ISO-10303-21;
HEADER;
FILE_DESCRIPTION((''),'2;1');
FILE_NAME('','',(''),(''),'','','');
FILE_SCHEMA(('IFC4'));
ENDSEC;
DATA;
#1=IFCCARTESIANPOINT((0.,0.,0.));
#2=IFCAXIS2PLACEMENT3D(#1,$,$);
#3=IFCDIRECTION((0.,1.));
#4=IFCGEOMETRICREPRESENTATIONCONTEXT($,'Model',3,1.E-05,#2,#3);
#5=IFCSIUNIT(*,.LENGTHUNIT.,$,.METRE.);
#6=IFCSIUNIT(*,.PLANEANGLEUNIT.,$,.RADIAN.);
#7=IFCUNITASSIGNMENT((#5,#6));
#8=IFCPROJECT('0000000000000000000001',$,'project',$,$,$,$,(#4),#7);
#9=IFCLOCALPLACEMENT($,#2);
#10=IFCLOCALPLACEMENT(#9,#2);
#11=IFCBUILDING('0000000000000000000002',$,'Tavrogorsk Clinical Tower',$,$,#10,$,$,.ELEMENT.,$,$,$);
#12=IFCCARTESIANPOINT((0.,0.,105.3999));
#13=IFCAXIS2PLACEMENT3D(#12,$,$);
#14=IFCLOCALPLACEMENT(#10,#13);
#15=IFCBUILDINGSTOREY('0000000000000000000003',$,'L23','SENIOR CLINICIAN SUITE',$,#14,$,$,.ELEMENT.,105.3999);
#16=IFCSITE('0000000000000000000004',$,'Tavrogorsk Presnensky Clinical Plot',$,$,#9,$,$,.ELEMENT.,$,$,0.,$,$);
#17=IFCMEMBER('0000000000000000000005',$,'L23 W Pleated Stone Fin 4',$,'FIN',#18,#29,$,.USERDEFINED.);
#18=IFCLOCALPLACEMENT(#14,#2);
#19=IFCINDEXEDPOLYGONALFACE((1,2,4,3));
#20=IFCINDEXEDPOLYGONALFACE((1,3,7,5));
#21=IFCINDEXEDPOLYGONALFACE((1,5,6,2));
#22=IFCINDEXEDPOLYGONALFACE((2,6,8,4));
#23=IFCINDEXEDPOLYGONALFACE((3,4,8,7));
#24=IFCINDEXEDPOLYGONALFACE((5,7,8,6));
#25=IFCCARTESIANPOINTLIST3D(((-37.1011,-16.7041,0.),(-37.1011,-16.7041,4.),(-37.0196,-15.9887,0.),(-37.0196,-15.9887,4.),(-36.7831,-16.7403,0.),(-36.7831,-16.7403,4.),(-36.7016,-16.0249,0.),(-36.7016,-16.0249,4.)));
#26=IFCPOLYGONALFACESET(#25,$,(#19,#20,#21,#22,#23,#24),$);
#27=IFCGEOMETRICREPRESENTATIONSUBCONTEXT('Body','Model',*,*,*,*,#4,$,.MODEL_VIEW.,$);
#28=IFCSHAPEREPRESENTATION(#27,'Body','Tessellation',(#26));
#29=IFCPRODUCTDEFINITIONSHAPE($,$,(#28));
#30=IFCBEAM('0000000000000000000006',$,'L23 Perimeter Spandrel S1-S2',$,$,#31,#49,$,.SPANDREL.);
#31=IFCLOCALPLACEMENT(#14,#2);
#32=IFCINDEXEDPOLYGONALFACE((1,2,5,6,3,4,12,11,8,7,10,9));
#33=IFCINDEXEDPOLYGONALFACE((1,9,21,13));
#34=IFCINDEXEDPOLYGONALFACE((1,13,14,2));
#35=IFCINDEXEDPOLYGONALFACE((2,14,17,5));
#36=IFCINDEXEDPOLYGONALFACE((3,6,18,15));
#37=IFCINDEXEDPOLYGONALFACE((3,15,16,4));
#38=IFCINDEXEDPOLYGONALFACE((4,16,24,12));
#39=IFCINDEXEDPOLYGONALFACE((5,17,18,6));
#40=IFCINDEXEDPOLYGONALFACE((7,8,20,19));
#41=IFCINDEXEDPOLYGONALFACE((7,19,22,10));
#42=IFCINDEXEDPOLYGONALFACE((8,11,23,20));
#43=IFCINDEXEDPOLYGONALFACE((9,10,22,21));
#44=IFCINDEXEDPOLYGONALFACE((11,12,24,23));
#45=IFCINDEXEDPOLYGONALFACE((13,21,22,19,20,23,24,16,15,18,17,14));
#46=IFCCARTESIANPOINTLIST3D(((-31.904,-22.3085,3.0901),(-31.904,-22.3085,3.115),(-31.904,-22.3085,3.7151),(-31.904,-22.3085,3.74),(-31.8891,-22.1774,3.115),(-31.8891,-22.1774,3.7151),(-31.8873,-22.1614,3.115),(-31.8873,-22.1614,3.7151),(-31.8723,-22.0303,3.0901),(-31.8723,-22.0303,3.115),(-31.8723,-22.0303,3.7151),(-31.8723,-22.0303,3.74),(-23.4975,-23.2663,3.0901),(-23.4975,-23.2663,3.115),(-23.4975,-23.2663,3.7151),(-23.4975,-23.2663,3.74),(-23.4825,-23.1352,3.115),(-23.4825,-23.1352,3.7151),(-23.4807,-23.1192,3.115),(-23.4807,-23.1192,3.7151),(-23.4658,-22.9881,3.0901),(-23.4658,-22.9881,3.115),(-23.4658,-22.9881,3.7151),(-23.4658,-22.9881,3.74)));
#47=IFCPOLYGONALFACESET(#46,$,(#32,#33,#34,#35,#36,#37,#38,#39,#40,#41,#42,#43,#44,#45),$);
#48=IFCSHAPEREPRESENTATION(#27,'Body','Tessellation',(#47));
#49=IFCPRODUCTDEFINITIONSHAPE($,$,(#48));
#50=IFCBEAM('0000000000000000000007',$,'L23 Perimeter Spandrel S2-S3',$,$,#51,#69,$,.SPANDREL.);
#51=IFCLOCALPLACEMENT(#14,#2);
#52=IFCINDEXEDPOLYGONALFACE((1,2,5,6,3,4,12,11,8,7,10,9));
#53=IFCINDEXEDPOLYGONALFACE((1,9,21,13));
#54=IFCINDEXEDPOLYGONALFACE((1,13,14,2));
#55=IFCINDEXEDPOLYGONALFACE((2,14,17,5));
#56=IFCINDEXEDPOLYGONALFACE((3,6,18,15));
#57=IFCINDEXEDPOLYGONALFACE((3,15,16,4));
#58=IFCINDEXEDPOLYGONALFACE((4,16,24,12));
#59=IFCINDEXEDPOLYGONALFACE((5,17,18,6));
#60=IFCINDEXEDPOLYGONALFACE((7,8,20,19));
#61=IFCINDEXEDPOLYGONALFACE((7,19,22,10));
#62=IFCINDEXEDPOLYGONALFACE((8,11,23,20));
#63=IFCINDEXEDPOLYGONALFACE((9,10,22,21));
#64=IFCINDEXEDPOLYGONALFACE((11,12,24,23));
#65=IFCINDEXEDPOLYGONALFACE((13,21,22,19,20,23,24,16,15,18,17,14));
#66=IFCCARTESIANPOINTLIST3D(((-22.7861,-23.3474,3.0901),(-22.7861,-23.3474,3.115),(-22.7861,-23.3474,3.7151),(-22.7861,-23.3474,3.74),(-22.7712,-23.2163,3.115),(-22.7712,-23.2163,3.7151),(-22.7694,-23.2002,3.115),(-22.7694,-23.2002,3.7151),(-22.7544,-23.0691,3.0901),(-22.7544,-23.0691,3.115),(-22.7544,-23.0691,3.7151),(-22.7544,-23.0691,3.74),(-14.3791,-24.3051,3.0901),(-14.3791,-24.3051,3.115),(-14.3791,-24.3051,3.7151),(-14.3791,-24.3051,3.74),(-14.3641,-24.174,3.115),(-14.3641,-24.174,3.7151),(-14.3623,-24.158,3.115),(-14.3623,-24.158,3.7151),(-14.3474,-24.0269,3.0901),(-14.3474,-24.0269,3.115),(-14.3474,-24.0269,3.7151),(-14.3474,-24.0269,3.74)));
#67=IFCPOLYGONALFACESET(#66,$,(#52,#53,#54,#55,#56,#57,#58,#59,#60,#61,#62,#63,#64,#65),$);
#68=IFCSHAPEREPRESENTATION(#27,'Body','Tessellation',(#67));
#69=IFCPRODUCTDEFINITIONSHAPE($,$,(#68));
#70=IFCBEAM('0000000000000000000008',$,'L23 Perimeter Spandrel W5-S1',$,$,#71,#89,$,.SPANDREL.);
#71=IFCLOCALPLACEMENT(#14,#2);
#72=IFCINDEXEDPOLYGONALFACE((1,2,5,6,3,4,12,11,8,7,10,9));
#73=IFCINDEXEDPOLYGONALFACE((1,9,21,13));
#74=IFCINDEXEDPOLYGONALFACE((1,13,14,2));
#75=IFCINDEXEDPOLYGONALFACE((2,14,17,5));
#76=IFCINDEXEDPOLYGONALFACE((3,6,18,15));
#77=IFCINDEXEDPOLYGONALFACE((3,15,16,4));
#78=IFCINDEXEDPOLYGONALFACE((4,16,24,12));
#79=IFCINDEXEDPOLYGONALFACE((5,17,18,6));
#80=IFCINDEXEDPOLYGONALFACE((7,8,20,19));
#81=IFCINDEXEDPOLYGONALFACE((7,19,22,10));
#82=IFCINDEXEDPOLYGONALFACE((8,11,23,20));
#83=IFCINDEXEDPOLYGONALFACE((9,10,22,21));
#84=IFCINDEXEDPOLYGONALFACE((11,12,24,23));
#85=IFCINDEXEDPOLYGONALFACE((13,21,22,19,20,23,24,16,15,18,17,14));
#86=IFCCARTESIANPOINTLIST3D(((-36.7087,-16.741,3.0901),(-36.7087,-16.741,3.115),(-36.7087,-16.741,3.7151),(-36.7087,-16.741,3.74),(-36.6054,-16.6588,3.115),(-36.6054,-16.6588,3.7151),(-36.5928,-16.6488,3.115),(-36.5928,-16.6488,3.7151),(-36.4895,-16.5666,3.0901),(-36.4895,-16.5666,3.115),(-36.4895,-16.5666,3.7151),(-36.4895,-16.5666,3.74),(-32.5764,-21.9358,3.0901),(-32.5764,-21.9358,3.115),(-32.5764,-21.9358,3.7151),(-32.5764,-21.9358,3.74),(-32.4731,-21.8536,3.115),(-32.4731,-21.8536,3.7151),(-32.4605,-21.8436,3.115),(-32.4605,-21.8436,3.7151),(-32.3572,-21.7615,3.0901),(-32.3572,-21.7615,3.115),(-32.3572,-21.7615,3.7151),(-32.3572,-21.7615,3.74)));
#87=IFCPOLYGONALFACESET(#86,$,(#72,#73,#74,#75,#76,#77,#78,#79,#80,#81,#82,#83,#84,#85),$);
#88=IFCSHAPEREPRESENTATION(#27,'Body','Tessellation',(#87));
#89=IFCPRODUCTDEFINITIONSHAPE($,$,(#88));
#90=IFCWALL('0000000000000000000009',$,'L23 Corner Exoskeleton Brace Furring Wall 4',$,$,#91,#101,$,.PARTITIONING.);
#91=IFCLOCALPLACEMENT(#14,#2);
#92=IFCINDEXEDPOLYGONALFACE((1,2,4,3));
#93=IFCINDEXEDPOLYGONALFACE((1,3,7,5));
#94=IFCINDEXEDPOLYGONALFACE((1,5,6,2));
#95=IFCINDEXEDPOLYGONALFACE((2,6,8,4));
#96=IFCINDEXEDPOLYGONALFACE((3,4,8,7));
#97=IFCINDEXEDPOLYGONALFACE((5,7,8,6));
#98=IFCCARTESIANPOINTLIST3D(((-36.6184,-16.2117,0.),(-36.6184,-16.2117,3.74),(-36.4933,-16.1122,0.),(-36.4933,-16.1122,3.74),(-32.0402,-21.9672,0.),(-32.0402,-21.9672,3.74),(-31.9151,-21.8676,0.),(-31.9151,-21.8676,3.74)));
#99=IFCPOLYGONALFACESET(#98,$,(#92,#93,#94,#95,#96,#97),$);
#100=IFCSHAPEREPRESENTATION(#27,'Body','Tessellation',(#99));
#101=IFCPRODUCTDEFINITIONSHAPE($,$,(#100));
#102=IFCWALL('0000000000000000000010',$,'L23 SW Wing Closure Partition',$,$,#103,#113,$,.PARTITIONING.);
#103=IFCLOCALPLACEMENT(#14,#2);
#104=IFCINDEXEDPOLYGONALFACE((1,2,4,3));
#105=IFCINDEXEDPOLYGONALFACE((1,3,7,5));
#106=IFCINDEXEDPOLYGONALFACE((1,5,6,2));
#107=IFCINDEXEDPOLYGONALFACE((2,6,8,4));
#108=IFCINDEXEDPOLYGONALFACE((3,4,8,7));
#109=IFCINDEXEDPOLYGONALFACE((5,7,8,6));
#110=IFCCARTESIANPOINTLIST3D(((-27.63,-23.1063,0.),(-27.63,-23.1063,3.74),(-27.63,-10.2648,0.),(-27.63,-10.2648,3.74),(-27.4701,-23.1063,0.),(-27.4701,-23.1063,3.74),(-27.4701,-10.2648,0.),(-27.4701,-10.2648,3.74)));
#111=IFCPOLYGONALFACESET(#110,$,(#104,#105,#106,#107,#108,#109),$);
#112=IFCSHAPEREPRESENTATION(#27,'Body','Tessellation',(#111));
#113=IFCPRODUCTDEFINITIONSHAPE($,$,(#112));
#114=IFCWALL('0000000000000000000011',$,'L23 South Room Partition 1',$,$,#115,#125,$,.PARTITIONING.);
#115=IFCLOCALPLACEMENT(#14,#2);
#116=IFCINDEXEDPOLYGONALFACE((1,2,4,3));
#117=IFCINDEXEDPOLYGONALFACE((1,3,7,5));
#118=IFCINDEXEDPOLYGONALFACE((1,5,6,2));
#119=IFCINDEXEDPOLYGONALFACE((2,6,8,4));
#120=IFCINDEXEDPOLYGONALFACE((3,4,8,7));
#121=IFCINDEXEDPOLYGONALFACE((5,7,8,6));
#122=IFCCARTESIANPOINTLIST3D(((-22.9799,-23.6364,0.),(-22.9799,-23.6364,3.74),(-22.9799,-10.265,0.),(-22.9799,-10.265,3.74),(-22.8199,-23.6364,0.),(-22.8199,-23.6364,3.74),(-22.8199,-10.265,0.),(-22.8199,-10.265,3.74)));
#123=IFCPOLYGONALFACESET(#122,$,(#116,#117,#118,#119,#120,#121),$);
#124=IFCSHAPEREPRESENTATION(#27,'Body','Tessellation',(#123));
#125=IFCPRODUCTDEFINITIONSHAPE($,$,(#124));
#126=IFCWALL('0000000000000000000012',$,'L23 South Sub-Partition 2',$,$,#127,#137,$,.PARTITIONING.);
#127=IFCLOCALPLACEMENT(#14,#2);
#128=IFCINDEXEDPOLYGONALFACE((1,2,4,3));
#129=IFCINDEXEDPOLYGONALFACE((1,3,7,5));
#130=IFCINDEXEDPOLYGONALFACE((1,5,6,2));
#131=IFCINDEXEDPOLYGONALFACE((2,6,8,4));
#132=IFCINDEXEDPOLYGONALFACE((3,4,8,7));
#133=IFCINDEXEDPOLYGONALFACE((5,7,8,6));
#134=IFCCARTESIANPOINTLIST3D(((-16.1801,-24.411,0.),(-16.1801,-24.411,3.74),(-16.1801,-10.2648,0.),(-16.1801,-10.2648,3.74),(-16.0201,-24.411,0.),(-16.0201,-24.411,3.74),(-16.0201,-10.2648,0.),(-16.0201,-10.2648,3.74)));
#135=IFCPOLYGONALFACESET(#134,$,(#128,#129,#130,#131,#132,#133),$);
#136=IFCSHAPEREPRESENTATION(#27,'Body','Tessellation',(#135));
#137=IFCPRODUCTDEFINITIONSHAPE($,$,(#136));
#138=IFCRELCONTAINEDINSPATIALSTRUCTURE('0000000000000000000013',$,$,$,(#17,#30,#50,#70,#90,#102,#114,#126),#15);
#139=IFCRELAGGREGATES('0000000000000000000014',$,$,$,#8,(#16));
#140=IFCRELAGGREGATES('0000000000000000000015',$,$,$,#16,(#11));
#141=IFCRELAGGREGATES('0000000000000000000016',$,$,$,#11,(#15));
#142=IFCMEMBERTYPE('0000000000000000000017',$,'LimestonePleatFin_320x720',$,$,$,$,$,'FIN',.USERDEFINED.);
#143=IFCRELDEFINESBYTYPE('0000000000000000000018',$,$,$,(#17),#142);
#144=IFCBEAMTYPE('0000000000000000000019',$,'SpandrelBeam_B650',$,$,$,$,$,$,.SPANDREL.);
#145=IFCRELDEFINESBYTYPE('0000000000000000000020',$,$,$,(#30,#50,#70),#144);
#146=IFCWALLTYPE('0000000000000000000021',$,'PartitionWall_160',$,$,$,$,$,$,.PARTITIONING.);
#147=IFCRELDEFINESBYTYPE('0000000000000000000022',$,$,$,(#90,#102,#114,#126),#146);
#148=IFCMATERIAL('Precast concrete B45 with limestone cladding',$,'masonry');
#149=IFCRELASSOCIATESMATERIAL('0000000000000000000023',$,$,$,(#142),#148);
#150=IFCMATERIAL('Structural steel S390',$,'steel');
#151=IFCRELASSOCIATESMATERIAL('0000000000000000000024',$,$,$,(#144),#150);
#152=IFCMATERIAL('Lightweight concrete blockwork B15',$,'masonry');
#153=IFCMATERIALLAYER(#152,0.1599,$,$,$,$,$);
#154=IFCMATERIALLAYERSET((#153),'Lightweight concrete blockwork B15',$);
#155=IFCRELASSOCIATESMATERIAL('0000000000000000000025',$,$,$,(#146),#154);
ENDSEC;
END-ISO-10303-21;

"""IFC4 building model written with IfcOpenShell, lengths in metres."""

from ifc_helpers import new_model, si_unit, direction, frame, frame_2d, origin, origin_2d, place, context, subcontext, project, spatial, rectangle, i_section, extrude, material, layer, layer_set, material_profile, profile_set, type_object, element, save


model = new_model("IFC4")

# Units and contexts
model_context = context("Model", 3, precision=1e-05, world=origin(), true_north=direction((0.0, 1.0)))
body_context = subcontext(model_context, "Body", "Model", "MODEL_VIEW")
ifc_project = project(units=[si_unit("LENGTHUNIT", "METRE"), si_unit("PLANEANGLEUNIT", "RADIAN")], contexts=[model_context])

# Site, building, storey
site_placement = place(None, origin())
site = spatial("IfcSite", under=ifc_project, at=site_placement, Name="Tavrogorsk Presnensky Clinical Plot", CompositionType="ELEMENT", RefElevation=0.0)
building_placement = place(site_placement, origin())
building = spatial("IfcBuilding", under=site, at=building_placement, Name="Tavrogorsk Clinical Tower", CompositionType="ELEMENT")
storey_placement = place(building_placement, frame((0.0, 0.0, 105.3999)))
storey = spatial("IfcBuildingStorey", under=building, at=storey_placement, Name="L23", Description="SENIOR CLINICIAN SUITE", CompositionType="ELEMENT", Elevation=105.3999)

# Member
ifc_material_1 = material(Name="Precast concrete B45 with limestone cladding", Category="masonry")
ifc_material_profile_1 = material_profile(ifc_material_1, rectangle(XDim=0.3201, YDim=0.72, at=origin_2d()), Name="LIMESTONE-FIN-320x720")
ifc_profile_set_1 = profile_set([ifc_material_profile_1], Name="Precast concrete B45 with limestone cladding")
member_type_1 = type_object("IfcMemberType", Name="LimestonePleatFin_320x720", ElementType="FIN", PredefinedType="USERDEFINED", material=ifc_profile_set_1)
member_1_placement = place(storey_placement, frame((-36.9014, -16.3645, 0.0), z_axis=(0.0, 0.0, 1.0), x_axis=(0.993572, -0.113203, 0.0)))
element("IfcMember", 1, at=member_1_placement, inside=storey, type_object=member_type_1, Name="L23 W Pleated Stone Fin 4", ObjectType="FIN", PredefinedType="USERDEFINED", context=body_context, shape_type="SweptSolid", body=[
    extrude(rectangle(XDim=0.3201, YDim=0.72, at=origin_2d()), origin(), (0.0, 0.0, 1.0), 4.0),
])

# Beams
ifc_material_2 = material(Name="Structural steel S390", Category="steel")
ifc_material_profile_2 = material_profile(ifc_material_2, i_section(OverallWidth=0.28, OverallDepth=0.6499, WebThickness=0.0161, FlangeThickness=0.0249, at=origin_2d()), Name="B-650x280x16x25")
ifc_profile_set_2 = profile_set([ifc_material_profile_2], Name="Structural steel S390")
beam_type_1 = type_object("IfcBeamType", Name="SpandrelBeam_B650", PredefinedType="SPANDREL", material=ifc_profile_set_2)
beam_1_placement = place(storey_placement, frame((-31.8882, -22.1694, 3.415), z_axis=(0.993572, -0.113199, 0.0), x_axis=(0.113199, 0.993572, 0.0)))
element("IfcBeam", 2, at=beam_1_placement, inside=storey, type_object=beam_type_1, Name="L23 Perimeter Spandrel S1-S2", PredefinedType="SPANDREL", context=body_context, shape_type="SweptSolid", body=[
    extrude(i_section(OverallWidth=0.28, OverallDepth=0.6499, WebThickness=0.0161, FlangeThickness=0.0249, at=origin_2d()), origin(), (0.0, 0.0, 1.0), 8.4609),
])
beam_2_placement = place(storey_placement, frame((-22.7703, -23.2083, 3.415), z_axis=(0.993573, -0.113193, 0.0), x_axis=(0.113193, 0.993573, 0.0)))
element("IfcBeam", 3, at=beam_2_placement, inside=storey, type_object=beam_type_1, Name="L23 Perimeter Spandrel S2-S3", PredefinedType="SPANDREL", context=body_context, shape_type="SweptSolid", body=[
    extrude(i_section(OverallWidth=0.28, OverallDepth=0.6499, WebThickness=0.0161, FlangeThickness=0.0249, at=origin_2d()), origin(), (0.0, 0.0, 1.0), 8.4614),
])
beam_3_placement = place(storey_placement, frame((-36.5991, -16.6538, 3.415), z_axis=(0.622531, -0.782595, 0.0), x_axis=(0.782595, 0.622531, 0.0)))
element("IfcBeam", 4, at=beam_3_placement, inside=storey, type_object=beam_type_1, Name="L23 Perimeter Spandrel W5-S1", PredefinedType="SPANDREL", context=body_context, shape_type="SweptSolid", body=[
    extrude(i_section(OverallWidth=0.28, OverallDepth=0.6499, WebThickness=0.0161, FlangeThickness=0.0249, at=origin_2d()), origin(), (0.0, 0.0, 1.0), 6.6379),
])

# Walls
ifc_material_3 = material(Name="Lightweight concrete blockwork B15", Category="masonry")
ifc_layer_1 = layer(ifc_material_3, 0.1599)
ifc_layer_set_1 = layer_set([ifc_layer_1], Name="Lightweight concrete blockwork B15")
wall_type_1 = type_object("IfcWallType", Name="PartitionWall_160", PredefinedType="PARTITIONING", material=ifc_layer_set_1)
wall_1_placement = place(storey_placement, frame((-36.5559, -16.1619, 0.0), z_axis=(0.0, 0.0, 1.0), x_axis=(0.622523, -0.782602, 0.0)))
element("IfcWall", 5, at=wall_1_placement, inside=storey, type_object=wall_type_1, Name="L23 Corner Exoskeleton Brace Furring Wall 4", PredefinedType="PARTITIONING", context=body_context, shape_type="SweptSolid", body=[
    extrude(rectangle(XDim=7.3542, YDim=0.1599, at=frame_2d((3.6772, 0.0))), origin(), (0.0, 0.0, 1.0), 3.74),
])
wall_2_placement = place(storey_placement, frame((-27.55, -23.1064, 0.0), z_axis=(0.0, 0.0, 1.0), x_axis=(0.0, 1.0, 0.0)))
element("IfcWall", 6, at=wall_2_placement, inside=storey, type_object=wall_type_1, Name="L23 SW Wing Closure Partition", PredefinedType="PARTITIONING", context=body_context, shape_type="SweptSolid", body=[
    extrude(rectangle(XDim=12.8416, YDim=0.1599, at=frame_2d((6.4209, 0.0))), origin(), (0.0, 0.0, 1.0), 3.74),
])
wall_3_placement = place(storey_placement, frame((-22.8999, -23.6362, 0.0), z_axis=(0.0, 0.0, 1.0), x_axis=(0.0, 1.0, 0.0)))
element("IfcWall", 7, at=wall_3_placement, inside=storey, type_object=wall_type_1, Name="L23 South Room Partition 1", PredefinedType="PARTITIONING", context=body_context, shape_type="SweptSolid", body=[
    extrude(rectangle(XDim=13.3713, YDim=0.1599, at=frame_2d((6.6855, 0.0))), origin(), (0.0, 0.0, 1.0), 3.74),
])
wall_4_placement = place(storey_placement, frame((-16.1001, -24.4111, 0.0), z_axis=(0.0, 0.0, 1.0), x_axis=(0.0, 1.0, 0.0)))
element("IfcWall", 8, at=wall_4_placement, inside=storey, type_object=wall_type_1, Name="L23 South Sub-Partition 2", PredefinedType="PARTITIONING", context=body_context, shape_type="SweptSolid", body=[
    extrude(rectangle(XDim=14.1462, YDim=0.1599, at=frame_2d((7.0732, 0.0))), origin(), (0.0, 0.0, 1.0), 3.74),
])

save(model, "model.ifc")
